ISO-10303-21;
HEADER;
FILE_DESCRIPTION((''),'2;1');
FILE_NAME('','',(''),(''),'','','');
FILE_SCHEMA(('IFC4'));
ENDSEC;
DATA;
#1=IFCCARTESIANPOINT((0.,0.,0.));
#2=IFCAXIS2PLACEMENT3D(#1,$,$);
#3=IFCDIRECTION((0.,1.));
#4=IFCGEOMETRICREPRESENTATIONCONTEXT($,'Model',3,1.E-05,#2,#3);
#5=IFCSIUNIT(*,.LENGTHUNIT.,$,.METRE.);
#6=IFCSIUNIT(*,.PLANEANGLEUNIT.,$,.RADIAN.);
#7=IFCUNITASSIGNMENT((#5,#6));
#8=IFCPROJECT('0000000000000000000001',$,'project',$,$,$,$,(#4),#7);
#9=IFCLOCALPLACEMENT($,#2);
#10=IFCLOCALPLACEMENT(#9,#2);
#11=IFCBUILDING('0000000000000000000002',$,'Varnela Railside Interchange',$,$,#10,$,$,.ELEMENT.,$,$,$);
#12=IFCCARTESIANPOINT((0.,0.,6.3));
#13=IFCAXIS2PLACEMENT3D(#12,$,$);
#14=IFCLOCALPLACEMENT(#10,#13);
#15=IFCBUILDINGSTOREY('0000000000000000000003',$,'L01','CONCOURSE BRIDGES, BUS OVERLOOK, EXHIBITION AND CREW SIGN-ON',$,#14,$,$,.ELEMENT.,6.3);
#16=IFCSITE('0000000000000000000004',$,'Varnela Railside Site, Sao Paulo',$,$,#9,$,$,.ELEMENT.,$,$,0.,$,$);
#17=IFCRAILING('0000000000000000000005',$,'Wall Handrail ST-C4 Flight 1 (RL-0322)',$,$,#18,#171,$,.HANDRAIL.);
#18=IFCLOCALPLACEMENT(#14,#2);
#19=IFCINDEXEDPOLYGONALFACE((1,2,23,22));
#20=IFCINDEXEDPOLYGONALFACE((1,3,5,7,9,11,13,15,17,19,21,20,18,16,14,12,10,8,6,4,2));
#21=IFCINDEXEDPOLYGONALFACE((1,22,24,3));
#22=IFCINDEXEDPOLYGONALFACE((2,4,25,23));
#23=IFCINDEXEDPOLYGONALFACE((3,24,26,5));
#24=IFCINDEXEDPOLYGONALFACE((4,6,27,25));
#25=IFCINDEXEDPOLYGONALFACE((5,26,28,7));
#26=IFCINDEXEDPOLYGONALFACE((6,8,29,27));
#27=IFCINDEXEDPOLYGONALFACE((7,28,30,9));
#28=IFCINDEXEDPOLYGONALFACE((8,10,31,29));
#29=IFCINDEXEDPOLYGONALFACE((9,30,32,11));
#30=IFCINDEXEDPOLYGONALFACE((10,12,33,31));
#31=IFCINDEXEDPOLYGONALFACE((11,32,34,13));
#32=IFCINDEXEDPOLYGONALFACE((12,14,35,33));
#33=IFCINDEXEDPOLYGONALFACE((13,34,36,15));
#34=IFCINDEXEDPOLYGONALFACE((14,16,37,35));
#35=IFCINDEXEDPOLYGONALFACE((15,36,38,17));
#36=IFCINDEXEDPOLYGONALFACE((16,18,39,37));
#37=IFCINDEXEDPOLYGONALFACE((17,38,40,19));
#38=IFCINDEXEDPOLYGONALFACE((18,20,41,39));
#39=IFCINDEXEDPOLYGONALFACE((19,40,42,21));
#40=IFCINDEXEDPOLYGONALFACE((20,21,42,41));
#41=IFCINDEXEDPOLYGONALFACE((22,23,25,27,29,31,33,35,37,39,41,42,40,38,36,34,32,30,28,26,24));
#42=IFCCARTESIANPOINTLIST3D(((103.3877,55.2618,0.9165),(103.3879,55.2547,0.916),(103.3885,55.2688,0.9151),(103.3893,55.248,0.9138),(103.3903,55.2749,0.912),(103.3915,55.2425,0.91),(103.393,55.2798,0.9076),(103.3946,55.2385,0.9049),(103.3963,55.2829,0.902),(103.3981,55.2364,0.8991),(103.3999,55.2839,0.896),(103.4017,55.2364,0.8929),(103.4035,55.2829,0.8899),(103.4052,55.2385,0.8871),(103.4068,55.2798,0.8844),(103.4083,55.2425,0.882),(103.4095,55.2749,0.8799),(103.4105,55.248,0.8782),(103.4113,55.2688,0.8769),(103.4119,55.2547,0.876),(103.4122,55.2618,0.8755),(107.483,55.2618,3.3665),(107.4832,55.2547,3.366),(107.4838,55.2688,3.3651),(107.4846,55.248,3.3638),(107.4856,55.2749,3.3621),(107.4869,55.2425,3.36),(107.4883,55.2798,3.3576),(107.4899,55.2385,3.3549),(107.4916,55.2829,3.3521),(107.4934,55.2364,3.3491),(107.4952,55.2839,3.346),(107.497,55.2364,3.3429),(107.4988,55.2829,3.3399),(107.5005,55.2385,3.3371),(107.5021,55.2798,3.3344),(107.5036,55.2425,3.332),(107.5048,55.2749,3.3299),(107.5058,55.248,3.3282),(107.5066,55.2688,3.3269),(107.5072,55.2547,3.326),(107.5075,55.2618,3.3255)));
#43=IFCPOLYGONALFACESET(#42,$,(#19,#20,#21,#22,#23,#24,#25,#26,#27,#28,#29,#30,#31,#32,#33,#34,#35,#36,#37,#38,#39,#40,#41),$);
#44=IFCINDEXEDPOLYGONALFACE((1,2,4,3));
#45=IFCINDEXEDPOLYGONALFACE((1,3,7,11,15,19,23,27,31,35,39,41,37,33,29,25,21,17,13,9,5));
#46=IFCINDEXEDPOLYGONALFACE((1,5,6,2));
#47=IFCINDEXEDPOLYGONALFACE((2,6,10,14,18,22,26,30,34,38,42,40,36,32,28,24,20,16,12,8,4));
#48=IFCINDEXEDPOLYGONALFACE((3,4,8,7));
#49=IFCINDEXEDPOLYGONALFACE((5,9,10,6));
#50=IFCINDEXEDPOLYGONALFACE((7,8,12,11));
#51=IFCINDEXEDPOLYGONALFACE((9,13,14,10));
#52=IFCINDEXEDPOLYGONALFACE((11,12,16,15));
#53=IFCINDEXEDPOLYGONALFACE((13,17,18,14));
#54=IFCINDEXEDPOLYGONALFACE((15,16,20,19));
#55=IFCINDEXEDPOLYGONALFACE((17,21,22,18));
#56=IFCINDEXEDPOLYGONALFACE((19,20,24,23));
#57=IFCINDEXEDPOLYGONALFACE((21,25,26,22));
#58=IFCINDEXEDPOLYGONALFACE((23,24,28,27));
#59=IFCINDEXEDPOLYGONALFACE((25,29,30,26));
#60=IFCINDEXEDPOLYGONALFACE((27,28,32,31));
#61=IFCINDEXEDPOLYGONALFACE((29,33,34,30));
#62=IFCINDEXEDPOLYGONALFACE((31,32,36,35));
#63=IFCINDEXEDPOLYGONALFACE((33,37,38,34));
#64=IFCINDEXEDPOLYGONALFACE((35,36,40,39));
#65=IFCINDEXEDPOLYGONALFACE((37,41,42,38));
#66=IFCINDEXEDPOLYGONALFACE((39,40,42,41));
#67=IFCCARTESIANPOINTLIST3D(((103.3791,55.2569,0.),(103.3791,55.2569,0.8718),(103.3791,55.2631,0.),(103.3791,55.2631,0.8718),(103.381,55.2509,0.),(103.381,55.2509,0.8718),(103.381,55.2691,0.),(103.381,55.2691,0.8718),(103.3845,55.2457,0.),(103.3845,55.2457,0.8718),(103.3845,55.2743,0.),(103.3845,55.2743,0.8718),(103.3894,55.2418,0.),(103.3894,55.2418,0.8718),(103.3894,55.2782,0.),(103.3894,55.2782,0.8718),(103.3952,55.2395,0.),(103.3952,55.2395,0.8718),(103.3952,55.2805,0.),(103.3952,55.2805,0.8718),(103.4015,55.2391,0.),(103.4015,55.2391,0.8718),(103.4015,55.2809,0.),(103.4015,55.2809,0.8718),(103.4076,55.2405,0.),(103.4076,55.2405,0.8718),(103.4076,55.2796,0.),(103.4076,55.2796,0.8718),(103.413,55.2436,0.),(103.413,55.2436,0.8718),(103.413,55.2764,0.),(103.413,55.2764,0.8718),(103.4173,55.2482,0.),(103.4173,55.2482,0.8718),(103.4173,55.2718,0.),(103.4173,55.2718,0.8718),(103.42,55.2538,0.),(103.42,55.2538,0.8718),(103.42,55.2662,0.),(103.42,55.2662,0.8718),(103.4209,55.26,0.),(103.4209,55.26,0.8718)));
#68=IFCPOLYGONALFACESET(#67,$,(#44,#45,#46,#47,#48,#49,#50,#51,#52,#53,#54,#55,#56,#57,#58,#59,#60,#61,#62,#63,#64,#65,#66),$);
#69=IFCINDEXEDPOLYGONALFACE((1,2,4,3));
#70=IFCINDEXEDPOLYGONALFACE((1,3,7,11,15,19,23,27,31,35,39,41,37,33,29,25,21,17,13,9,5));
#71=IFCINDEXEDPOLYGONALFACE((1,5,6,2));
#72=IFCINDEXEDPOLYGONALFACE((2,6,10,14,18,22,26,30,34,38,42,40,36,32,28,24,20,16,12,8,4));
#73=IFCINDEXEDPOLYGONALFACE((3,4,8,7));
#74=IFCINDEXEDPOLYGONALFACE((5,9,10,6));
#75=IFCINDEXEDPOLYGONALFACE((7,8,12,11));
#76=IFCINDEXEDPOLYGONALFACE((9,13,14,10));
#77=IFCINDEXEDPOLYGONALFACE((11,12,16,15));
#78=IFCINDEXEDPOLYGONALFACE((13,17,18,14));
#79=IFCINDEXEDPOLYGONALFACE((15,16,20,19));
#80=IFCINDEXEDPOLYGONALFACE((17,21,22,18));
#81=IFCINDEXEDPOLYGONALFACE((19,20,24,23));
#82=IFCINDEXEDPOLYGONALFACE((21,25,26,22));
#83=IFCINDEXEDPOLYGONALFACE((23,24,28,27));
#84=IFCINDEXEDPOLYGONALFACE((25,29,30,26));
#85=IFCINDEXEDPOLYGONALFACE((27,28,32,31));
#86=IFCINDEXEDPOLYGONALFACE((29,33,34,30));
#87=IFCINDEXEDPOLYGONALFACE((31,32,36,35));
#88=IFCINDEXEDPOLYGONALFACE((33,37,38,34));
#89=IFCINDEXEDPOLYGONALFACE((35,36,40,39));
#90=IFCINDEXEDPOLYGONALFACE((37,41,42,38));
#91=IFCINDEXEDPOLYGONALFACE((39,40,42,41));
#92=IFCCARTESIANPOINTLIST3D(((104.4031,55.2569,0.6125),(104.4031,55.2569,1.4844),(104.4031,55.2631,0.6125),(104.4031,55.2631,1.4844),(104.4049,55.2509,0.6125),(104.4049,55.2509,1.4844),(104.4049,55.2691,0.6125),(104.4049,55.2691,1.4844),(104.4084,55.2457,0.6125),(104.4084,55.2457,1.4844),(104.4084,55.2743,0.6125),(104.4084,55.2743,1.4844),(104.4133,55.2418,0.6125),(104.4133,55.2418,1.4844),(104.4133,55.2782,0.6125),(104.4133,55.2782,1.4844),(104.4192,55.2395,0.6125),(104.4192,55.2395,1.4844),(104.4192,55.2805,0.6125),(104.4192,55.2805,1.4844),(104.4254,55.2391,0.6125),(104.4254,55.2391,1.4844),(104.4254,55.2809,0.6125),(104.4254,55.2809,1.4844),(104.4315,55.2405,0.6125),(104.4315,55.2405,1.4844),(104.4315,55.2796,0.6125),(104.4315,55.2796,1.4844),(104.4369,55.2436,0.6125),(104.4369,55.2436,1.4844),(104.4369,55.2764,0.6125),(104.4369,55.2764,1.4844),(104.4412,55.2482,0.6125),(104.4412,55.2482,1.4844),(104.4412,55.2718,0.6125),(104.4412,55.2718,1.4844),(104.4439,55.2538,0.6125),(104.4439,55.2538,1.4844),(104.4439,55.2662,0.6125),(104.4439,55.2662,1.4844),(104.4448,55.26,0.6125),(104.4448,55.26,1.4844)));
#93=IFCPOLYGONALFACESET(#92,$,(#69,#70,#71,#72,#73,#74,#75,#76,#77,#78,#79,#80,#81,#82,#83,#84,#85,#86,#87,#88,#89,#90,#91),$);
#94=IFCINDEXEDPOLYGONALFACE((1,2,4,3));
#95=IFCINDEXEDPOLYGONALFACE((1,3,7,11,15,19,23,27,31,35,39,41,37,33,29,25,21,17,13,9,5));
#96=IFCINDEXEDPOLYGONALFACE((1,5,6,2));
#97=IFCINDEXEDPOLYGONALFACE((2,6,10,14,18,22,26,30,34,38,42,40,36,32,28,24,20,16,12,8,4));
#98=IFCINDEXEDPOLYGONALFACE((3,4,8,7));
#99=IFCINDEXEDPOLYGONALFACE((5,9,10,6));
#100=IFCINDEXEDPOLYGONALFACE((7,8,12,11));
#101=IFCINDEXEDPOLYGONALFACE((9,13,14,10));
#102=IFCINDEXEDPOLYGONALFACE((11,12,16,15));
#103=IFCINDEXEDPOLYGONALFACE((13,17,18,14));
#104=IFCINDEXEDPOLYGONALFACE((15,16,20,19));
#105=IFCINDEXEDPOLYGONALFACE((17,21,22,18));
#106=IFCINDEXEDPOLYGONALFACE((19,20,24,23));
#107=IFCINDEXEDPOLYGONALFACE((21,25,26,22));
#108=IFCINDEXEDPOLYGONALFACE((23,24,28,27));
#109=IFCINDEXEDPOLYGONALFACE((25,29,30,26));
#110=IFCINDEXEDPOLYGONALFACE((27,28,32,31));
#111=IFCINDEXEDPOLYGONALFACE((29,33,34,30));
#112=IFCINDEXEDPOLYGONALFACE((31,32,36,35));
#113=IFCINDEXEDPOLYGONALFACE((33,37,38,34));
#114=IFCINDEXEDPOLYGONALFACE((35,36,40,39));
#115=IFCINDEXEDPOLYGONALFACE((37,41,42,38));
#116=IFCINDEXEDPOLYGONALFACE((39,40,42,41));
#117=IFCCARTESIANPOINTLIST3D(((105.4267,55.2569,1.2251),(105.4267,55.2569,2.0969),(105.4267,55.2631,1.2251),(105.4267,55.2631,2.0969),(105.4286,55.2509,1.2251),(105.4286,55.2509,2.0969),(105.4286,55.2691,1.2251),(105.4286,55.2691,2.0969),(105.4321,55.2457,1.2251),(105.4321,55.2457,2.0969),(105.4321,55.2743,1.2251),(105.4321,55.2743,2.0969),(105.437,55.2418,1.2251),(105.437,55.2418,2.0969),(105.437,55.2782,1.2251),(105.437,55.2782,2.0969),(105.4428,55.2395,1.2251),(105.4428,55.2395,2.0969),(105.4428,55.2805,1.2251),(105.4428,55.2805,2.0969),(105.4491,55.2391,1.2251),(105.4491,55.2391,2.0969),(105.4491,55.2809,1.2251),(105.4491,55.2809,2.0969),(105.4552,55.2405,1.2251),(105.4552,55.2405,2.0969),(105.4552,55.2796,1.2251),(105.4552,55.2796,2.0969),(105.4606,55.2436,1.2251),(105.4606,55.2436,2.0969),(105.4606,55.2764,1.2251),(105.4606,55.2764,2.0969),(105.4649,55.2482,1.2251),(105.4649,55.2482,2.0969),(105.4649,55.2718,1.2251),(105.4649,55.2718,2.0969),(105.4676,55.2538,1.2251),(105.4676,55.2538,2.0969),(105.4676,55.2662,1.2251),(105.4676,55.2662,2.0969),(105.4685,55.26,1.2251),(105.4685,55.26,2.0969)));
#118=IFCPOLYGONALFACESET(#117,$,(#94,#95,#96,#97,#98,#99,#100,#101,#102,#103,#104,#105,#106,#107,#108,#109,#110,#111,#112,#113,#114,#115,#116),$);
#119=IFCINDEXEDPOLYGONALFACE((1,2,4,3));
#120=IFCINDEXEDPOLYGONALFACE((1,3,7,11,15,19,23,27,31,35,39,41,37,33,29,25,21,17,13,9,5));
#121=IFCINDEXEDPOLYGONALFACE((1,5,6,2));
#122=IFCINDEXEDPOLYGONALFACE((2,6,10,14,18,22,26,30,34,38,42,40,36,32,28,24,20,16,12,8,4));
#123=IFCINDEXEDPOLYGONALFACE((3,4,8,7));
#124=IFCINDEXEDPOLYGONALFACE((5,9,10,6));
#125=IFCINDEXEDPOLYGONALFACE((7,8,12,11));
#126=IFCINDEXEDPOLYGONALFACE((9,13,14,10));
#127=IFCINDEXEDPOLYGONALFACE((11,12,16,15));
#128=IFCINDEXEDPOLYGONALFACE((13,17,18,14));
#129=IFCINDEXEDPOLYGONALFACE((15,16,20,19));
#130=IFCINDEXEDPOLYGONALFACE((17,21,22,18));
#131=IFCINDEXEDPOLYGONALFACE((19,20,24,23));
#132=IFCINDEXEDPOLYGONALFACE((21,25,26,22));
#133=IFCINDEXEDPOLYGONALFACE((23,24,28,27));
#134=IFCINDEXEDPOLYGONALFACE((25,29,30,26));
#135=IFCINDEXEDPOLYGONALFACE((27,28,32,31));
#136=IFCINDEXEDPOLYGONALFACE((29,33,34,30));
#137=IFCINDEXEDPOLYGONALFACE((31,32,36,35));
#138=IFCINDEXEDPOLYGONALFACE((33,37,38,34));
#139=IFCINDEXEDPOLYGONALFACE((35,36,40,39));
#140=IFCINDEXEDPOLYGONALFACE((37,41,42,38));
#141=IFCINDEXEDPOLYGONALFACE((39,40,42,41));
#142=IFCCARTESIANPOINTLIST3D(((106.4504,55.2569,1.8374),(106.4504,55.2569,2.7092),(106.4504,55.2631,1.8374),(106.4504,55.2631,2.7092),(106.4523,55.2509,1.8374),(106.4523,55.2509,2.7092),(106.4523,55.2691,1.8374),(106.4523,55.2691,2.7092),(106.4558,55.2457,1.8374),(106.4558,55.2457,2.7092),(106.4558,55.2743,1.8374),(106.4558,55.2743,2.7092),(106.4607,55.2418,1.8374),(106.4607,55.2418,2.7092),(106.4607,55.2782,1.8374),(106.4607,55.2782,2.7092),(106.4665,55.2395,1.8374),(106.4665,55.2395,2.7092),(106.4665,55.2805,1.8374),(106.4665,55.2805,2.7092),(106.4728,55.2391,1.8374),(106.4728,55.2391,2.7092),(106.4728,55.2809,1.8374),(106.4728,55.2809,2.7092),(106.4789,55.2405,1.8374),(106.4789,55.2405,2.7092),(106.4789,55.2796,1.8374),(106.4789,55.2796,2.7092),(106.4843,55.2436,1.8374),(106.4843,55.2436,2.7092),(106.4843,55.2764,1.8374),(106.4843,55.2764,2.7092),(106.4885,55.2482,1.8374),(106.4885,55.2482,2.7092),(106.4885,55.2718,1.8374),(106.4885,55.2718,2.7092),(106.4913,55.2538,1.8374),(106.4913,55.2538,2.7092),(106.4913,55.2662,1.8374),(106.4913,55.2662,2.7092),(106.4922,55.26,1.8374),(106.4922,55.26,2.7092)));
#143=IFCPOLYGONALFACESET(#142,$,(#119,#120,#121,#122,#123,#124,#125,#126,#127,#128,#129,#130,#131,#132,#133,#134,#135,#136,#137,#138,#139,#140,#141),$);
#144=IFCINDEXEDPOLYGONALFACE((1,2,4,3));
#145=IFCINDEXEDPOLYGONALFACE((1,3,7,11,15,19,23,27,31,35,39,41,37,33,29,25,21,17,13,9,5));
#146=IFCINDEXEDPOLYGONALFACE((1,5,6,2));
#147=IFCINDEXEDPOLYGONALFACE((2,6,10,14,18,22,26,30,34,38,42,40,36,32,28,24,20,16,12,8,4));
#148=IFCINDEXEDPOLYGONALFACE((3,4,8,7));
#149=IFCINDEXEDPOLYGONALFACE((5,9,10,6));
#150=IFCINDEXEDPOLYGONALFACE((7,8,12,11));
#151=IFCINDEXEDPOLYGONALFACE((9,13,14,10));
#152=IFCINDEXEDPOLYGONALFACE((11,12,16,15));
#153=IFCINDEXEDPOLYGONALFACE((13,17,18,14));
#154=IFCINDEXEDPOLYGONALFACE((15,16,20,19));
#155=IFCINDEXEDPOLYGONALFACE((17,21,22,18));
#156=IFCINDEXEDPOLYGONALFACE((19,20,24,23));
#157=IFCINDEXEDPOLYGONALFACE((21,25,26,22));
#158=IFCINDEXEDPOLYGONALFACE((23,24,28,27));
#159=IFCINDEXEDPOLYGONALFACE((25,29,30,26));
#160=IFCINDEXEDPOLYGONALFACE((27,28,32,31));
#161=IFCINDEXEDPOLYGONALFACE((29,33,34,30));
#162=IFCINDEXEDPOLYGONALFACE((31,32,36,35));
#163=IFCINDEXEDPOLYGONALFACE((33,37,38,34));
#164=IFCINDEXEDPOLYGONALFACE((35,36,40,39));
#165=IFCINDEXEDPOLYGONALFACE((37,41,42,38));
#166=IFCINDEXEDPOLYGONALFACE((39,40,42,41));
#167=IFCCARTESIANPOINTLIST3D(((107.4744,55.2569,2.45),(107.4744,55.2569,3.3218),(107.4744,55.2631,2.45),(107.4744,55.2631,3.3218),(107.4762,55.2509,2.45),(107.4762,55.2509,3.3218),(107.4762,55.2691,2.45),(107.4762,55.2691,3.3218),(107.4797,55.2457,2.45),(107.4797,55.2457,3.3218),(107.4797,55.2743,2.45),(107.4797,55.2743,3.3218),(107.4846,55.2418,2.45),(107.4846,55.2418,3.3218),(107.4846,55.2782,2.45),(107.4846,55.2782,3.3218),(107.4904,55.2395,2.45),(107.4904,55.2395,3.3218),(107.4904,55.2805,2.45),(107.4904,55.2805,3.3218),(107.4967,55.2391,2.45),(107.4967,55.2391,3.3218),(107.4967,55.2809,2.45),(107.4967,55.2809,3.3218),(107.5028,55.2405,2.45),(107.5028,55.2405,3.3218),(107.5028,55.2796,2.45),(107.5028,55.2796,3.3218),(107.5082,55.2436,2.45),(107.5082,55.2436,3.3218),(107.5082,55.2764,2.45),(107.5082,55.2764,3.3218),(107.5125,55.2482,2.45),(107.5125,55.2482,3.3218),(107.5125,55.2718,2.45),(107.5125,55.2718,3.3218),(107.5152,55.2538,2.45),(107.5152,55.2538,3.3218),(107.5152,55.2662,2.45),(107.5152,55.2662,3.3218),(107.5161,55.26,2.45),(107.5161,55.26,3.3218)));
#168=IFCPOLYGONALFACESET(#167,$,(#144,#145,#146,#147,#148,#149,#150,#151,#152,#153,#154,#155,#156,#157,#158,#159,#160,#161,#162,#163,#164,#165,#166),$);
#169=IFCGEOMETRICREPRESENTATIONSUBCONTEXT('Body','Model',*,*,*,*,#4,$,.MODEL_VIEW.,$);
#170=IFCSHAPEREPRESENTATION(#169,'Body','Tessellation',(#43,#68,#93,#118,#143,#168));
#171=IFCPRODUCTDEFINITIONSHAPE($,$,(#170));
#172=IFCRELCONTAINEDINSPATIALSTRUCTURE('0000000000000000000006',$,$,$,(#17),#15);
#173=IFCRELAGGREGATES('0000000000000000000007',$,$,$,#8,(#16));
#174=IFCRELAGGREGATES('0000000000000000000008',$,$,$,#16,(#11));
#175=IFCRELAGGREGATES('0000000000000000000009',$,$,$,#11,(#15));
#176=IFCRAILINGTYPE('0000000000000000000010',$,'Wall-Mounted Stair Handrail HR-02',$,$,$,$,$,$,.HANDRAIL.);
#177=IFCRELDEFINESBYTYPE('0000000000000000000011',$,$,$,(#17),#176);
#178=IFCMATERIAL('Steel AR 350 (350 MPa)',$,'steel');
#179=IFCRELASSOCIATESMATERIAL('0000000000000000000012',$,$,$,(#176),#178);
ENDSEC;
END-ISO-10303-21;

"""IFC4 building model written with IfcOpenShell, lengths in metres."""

from ifc_helpers import new_model, si_unit, direction, frame, origin, origin_2d, place, context, subcontext, project, spatial, circle, extrude, material, type_object, element, save


model = new_model("IFC4")

# Units and contexts
model_context = context("Model", 3, precision=1e-05, world=origin(), true_north=direction((0.0, 1.0)))
body_context = subcontext(model_context, "Body", "Model", "MODEL_VIEW")
ifc_project = project(units=[si_unit("LENGTHUNIT", "METRE"), si_unit("PLANEANGLEUNIT", "RADIAN")], contexts=[model_context])

# Site, building, storey
site_placement = place(None, origin())
site = spatial("IfcSite", under=ifc_project, at=site_placement, Name="Varnela Railside Site, Sao Paulo", CompositionType="ELEMENT", RefElevation=0.0)
building_placement = place(site_placement, origin())
building = spatial("IfcBuilding", under=site, at=building_placement, Name="Varnela Railside Interchange", CompositionType="ELEMENT")
storey_placement = place(building_placement, frame((0.0, 0.0, 6.3)))
storey = spatial("IfcBuildingStorey", under=building, at=storey_placement, Name="L01", Description="CONCOURSE BRIDGES, BUS OVERLOOK, EXHIBITION AND CREW SIGN-ON", CompositionType="ELEMENT", Elevation=6.3)

# Shared definitions
ifc_material_1 = material(Name="Steel AR 350 (350 MPa)", Category="steel")

# Railing
railing_type_1 = type_object("IfcRailingType", Name="Wall-Mounted Stair Handrail HR-02", PredefinedType="HANDRAIL", material=ifc_material_1)
railing_1_placement = place(storey_placement, frame((103.3999, 55.26, 0.0)))
element("IfcRailing", 1, at=railing_1_placement, inside=storey, type_object=railing_type_1, Name="Wall Handrail ST-C4 Flight 1 (RL-0322)", PredefinedType="HANDRAIL", context=body_context, shape_type="SweptSolid", body=[
    extrude(circle(Radius=0.0239, at=origin_2d()), frame((0.0, 0.0, 0.896), z_axis=(0.858156, 0.0, 0.513389), x_axis=(0.0, 1.0, 0.0)), (0.0, 0.0, 1.0), 4.7722),
    extrude(circle(Radius=0.021, at=origin_2d()), origin(), (0.0, 0.0, 1.0), 0.8718),
    extrude(circle(Radius=0.021, at=origin_2d()), frame((1.0239, 0.0, 0.6125)), (0.0, 0.0, 1.0), 0.8718),
    extrude(circle(Radius=0.021, at=origin_2d()), frame((2.0476, 0.0, 1.2251)), (0.0, 0.0, 1.0), 0.8718),
    extrude(circle(Radius=0.021, at=origin_2d()), frame((3.0713, 0.0, 1.8374)), (0.0, 0.0, 1.0), 0.8718),
    extrude(circle(Radius=0.021, at=origin_2d()), frame((4.0952, 0.0, 2.45)), (0.0, 0.0, 1.0), 0.8718),
])

save(model, "model.ifc")
